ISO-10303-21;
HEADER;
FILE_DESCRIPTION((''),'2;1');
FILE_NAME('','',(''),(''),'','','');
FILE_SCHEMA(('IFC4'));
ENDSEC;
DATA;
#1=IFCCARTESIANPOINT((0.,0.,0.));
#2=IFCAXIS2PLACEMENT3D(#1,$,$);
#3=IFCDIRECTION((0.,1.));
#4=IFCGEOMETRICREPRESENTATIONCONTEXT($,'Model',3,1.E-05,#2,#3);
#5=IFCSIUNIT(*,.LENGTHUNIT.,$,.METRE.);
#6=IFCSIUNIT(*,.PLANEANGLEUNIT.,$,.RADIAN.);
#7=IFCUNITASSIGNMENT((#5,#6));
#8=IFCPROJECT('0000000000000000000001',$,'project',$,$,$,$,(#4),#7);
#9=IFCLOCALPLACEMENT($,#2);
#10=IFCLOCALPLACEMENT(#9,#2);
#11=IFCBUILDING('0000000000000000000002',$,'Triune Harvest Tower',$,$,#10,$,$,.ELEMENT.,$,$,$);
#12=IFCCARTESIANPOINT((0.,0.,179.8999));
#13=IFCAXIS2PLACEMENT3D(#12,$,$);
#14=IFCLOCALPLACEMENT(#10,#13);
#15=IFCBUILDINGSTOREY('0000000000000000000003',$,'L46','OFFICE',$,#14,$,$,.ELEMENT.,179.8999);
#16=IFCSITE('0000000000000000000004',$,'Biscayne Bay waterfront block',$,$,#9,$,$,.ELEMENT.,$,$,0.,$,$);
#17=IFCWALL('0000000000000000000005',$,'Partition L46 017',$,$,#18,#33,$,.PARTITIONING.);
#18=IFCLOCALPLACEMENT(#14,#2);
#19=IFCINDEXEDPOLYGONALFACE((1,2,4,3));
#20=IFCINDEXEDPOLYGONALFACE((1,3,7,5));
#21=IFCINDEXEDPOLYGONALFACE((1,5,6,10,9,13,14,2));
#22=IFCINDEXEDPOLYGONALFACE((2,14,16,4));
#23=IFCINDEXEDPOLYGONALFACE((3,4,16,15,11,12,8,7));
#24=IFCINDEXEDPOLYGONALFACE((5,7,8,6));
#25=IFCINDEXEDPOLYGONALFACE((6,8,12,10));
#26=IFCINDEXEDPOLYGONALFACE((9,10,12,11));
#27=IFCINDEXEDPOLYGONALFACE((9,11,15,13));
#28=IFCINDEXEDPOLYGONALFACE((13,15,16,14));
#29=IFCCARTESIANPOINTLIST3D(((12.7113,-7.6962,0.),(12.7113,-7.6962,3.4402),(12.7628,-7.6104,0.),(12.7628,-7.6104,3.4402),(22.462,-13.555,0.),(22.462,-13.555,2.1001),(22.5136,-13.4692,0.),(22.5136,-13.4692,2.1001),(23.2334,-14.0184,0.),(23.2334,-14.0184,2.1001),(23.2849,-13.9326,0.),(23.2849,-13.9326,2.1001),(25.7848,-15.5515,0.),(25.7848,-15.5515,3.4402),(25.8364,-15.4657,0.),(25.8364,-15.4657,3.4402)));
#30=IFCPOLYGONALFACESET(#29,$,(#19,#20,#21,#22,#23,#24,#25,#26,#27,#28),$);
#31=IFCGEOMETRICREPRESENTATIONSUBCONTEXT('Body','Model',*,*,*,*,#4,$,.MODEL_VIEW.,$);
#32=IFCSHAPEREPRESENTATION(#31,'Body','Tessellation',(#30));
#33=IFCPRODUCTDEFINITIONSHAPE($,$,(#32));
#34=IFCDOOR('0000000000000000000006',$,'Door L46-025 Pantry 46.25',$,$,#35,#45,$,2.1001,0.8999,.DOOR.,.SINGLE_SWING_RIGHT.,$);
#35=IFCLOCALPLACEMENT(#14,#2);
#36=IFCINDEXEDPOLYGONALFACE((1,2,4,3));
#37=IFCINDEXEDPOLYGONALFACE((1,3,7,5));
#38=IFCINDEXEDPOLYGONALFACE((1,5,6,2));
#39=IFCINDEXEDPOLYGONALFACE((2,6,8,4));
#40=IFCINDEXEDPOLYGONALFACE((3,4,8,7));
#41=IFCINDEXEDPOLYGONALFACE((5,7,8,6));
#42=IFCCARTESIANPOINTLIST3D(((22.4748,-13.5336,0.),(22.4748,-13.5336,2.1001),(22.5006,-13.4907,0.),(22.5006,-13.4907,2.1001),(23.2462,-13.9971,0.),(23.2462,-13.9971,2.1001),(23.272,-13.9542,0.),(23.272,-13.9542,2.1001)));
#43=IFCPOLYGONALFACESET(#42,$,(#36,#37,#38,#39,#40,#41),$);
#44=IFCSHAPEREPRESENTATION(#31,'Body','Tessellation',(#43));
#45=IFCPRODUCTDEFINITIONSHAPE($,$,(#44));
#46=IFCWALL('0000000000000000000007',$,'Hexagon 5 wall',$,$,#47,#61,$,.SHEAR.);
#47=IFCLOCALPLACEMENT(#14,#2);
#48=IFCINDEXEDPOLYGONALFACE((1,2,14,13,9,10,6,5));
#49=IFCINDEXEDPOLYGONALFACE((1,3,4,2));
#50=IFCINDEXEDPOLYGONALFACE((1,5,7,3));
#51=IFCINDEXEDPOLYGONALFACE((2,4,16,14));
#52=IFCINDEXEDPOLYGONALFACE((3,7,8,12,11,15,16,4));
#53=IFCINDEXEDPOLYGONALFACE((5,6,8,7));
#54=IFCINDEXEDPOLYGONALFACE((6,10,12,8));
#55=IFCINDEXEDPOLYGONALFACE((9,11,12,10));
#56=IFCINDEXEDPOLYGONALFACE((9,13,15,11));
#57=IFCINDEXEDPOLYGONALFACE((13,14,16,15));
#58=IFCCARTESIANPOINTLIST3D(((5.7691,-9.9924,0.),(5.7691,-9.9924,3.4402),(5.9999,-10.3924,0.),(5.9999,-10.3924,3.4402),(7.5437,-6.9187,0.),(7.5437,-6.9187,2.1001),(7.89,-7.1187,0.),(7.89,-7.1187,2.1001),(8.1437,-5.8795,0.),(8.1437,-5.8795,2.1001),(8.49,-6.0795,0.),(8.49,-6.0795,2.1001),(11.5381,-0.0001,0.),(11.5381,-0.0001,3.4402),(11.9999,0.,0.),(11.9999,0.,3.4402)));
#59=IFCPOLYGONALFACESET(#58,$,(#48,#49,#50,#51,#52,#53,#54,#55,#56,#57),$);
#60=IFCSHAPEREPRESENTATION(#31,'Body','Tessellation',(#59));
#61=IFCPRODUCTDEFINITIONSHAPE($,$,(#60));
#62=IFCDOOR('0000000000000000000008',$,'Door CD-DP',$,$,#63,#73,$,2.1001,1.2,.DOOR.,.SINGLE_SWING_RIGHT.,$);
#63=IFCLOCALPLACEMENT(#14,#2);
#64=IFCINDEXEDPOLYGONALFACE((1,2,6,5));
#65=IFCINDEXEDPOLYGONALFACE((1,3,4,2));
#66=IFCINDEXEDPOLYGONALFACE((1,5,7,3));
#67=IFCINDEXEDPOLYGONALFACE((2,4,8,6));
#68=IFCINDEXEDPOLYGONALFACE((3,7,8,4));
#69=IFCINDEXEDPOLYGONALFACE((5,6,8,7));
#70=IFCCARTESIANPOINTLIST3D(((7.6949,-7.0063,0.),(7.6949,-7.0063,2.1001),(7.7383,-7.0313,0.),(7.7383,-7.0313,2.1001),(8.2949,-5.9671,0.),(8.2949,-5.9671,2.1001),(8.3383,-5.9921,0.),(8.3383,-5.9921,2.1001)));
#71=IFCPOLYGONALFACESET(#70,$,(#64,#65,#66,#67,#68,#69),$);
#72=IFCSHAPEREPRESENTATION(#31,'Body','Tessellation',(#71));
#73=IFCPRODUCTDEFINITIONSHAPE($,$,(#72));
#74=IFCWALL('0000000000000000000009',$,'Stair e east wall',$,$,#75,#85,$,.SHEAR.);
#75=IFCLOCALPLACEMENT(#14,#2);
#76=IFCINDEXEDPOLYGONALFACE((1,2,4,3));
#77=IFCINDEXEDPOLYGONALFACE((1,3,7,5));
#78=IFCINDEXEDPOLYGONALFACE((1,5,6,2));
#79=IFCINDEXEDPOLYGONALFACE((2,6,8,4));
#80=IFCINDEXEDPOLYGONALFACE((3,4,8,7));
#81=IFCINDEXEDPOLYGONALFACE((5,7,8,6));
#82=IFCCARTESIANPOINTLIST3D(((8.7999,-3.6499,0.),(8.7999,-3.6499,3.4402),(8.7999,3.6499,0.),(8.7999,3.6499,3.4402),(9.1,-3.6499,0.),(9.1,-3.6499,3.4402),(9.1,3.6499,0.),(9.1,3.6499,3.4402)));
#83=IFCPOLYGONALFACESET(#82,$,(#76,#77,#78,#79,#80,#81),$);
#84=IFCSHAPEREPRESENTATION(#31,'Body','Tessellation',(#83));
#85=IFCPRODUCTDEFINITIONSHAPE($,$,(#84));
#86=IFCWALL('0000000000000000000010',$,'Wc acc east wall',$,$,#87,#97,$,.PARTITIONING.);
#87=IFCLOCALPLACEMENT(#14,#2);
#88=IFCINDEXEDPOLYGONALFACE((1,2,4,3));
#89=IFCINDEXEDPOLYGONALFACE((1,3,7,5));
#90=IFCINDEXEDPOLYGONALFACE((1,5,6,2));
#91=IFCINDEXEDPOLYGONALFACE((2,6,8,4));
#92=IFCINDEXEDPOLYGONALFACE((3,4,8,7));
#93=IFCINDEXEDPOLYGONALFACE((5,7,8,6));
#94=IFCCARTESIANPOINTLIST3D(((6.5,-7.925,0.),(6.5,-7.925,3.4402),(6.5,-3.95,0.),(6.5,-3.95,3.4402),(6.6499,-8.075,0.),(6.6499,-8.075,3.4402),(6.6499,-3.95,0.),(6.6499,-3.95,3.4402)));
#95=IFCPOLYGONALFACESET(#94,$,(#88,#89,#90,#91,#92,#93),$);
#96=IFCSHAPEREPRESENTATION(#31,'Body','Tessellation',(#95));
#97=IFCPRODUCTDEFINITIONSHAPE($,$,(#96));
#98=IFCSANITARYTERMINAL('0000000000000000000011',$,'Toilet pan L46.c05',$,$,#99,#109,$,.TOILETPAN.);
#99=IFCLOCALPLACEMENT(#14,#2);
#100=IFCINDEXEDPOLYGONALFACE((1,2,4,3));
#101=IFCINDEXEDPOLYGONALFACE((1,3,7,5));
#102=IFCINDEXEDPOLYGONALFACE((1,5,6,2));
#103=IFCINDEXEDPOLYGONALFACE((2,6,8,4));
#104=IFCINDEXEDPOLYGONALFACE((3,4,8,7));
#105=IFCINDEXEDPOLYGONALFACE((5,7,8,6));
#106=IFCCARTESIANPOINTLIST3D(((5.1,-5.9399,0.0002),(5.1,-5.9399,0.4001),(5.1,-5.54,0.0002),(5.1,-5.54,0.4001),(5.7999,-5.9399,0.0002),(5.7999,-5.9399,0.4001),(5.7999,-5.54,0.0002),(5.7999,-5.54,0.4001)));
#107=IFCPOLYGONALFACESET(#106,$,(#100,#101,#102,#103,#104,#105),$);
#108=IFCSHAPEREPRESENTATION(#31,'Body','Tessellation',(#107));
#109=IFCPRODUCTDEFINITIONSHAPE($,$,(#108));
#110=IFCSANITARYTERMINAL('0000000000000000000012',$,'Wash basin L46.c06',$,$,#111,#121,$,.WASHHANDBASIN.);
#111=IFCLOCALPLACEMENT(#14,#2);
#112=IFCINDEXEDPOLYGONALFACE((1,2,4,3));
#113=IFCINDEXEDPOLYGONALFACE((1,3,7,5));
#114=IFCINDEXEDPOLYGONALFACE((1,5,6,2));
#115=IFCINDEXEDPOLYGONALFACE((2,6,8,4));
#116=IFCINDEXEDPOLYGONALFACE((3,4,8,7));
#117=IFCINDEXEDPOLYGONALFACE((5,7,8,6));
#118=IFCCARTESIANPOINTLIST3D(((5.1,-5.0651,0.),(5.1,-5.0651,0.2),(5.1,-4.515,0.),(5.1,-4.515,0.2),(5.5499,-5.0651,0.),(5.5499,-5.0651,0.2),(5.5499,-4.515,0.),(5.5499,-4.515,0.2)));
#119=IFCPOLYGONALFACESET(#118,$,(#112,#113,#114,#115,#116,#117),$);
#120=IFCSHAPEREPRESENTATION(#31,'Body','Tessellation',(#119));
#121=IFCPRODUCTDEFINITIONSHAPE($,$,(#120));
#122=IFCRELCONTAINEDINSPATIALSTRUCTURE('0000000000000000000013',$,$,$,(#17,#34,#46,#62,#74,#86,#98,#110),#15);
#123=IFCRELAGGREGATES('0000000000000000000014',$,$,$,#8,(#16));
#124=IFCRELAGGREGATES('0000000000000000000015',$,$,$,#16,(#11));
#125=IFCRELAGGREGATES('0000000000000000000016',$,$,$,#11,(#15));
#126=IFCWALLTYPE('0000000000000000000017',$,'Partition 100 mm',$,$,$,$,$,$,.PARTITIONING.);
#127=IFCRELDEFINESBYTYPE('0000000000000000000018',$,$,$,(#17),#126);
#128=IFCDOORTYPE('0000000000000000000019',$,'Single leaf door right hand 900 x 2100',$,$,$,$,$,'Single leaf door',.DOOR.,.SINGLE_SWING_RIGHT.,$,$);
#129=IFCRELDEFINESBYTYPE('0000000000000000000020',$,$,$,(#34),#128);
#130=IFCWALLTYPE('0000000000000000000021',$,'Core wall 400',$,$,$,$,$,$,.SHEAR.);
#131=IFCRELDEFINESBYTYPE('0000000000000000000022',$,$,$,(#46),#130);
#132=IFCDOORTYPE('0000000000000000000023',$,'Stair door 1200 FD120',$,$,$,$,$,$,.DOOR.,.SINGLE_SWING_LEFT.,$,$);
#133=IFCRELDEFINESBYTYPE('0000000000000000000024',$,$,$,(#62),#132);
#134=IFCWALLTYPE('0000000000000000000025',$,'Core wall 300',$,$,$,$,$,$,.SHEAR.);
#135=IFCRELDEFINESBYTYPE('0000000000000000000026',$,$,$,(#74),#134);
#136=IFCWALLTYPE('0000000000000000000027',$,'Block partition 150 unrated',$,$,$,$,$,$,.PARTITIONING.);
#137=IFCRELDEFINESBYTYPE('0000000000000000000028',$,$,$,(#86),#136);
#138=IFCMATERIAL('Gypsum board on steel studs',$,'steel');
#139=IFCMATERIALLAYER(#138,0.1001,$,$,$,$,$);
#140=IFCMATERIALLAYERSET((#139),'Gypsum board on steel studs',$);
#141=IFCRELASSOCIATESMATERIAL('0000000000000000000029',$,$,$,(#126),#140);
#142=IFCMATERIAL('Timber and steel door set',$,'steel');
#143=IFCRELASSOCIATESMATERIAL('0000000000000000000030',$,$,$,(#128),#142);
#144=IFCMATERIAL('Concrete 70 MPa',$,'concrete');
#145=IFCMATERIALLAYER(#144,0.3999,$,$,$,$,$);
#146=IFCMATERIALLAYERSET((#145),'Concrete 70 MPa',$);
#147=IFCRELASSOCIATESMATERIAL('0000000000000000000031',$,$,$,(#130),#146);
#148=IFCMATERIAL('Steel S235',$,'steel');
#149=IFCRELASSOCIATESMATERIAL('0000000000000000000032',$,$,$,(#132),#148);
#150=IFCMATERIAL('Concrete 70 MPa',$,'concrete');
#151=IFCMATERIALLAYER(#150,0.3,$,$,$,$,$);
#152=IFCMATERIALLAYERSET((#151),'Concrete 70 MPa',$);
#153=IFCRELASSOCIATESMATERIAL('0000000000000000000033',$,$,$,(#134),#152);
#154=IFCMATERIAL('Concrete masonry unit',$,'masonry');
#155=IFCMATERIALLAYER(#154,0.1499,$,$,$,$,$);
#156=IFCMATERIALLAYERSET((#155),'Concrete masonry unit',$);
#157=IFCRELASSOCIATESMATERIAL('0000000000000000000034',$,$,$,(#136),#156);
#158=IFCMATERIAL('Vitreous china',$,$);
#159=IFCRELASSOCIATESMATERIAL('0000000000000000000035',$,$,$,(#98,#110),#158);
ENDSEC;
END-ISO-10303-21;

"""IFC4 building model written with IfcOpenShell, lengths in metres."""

from ifc_helpers import new_model, si_unit, direction, frame, frame_2d, origin, origin_2d, place, context, subcontext, project, spatial, polyline, rectangle, outline, extrude, source, transform, mapped, material, layer, layer_set, type_object, element, fill, save


model = new_model("IFC4")

# Units and contexts
model_context = context("Model", 3, precision=1e-05, world=origin(), true_north=direction((0.0, 1.0)))
body_context = subcontext(model_context, "Body", "Model", "MODEL_VIEW")
ifc_project = project(units=[si_unit("LENGTHUNIT", "METRE"), si_unit("PLANEANGLEUNIT", "RADIAN")], contexts=[model_context])

# Site, building, storey
site_placement = place(None, origin())
site = spatial("IfcSite", under=ifc_project, at=site_placement, Name="Biscayne Bay waterfront block", CompositionType="ELEMENT", RefElevation=0.0)
building_placement = place(site_placement, origin())
building = spatial("IfcBuilding", under=site, at=building_placement, Name="Triune Harvest Tower", CompositionType="ELEMENT")
storey_placement = place(building_placement, frame((0.0, 0.0, 179.8999)))
storey = spatial("IfcBuildingStorey", under=building, at=storey_placement, Name="L46", Description="OFFICE", CompositionType="ELEMENT", Elevation=179.8999)

# Walls, openings, doors
ifc_material_1 = material(Name="Gypsum board on steel studs", Category="steel")
ifc_layer_1 = layer(ifc_material_1, 0.1001)
ifc_layer_set_1 = layer_set([ifc_layer_1], Name="Gypsum board on steel studs")
wall_type_1 = type_object("IfcWallType", Name="Partition 100 mm", PredefinedType="PARTITIONING", material=ifc_layer_set_1)
ifc_material_2 = material(Name="Timber and steel door set", Category="steel")
door_type_1 = type_object("IfcDoorType", Name="Single leaf door right hand 900 x 2100", ElementType="Single leaf door", OperationType="SINGLE_SWING_RIGHT", PredefinedType="DOOR", material=ifc_material_2)
wall_1_placement = place(storey_placement, frame((12.7371, -7.6533, 0.0), z_axis=(0.0, 0.0, 1.0), x_axis=(0.857171, -0.515032, 0.0)))
wall_1 = element("IfcWall", 1, at=wall_1_placement, inside=storey, type_object=wall_type_1, Name="Partition L46 017", PredefinedType="PARTITIONING", context=body_context, shape_type="SweptSolid", body=[
    extrude(rectangle(XDim=15.252, YDim=0.1001, at=frame_2d((7.626, 0.0))), origin(), (0.0, 0.0, 1.0), 3.4402),
])
opening_1_placement = place(wall_1_placement, frame((11.3755, 0.0, 0.0)))
opening_1 = element("IfcOpeningElement", 2, at=opening_1_placement, cuts=wall_1, PredefinedType="OPENING", context=body_context, shape_type="SweptSolid", body=[
    extrude(rectangle(XDim=0.8999, YDim=2.1001, at=frame_2d((0.45, 1.05))), frame((0.0, 0.0601, 0.0), z_axis=(0.0, -1.0, 0.0), x_axis=(1.0, 0.0, 0.0)), (0.0, 0.0, 1.0), 0.1201),
])
door_1_placement = place(opening_1_placement, origin())
door_1 = element("IfcDoor", 3, at=door_1_placement, inside=storey, type_object=door_type_1, Name="Door L46-025 Pantry 46.25", OperationType="SINGLE_SWING_RIGHT", OverallHeight=2.1001, OverallWidth=0.8999, PredefinedType="DOOR", context=body_context, shape_type="SweptSolid", body=[
    extrude(rectangle(XDim=0.8999, YDim=2.1001, at=frame_2d((0.45, 1.05))), frame((0.0, 0.0249, 0.0), z_axis=(0.0, -1.0, 0.0), x_axis=(1.0, 0.0, 0.0)), (0.0, 0.0, 1.0), 0.05),
])
fill(opening_1, door_1)
ifc_material_3 = material(Name="Concrete 70 MPa", Category="concrete")
ifc_layer_2 = layer(ifc_material_3, 0.3999)
ifc_layer_set_2 = layer_set([ifc_layer_2], Name="Concrete 70 MPa")
wall_type_2 = type_object("IfcWallType", Name="Core wall 400", PredefinedType="SHEAR", material=ifc_layer_set_2)
shared_shape_1 = source(origin(), body_context, "Body", "SweptSolid", [
    extrude(outline(polyline([(-0.1155, -0.2), (11.8845, -0.2), (11.6536, 0.2), (0.1155, 0.2), (-0.1155, -0.2)])), origin(), (0.0, 0.0, 1.0), 3.4402),
])
wall_2_placement = place(storey_placement, frame((5.8845, -10.1924, 0.0), z_axis=(0.0, 0.0, 1.0), x_axis=(0.499997, 0.866027, 0.0)))
wall_2 = element("IfcWall", 4, at=wall_2_placement, inside=storey, type_object=wall_type_2, Name="Hexagon 5 wall", PredefinedType="SHEAR", context=body_context, shape_type="MappedRepresentation", body=[
    mapped(shared_shape_1, transform((0.0, 0.0, 0.0), scale=1.0)),
])
opening_2_placement = place(wall_2_placement, frame((3.6646, 0.0, 0.0)))
opening_2 = element("IfcOpeningElement", 5, at=opening_2_placement, cuts=wall_2, PredefinedType="OPENING", context=body_context, shape_type="SweptSolid", body=[
    extrude(rectangle(XDim=1.2, YDim=2.1001, at=frame_2d((0.6001, 1.05))), frame((0.0, 0.21, 0.0), z_axis=(0.0, -1.0, 0.0), x_axis=(1.0, 0.0, 0.0)), (0.0, 0.0, 1.0), 0.4199),
])
ifc_material_4 = material(Name="Steel S235", Category="steel")
door_type_2 = type_object("IfcDoorType", Name="Stair door 1200 FD120", OperationType="SINGLE_SWING_LEFT", PredefinedType="DOOR", material=ifc_material_4)
door_2_placement = place(opening_2_placement, frame((1.2, 0.0, 0.0), z_axis=(0.0, 0.0, 1.0), x_axis=(-1.0, 0.0, 0.0)))
door_2 = element("IfcDoor", 6, at=door_2_placement, inside=storey, type_object=door_type_2, Name="Door CD-DP", OperationType="SINGLE_SWING_RIGHT", OverallHeight=2.1001, OverallWidth=1.2, PredefinedType="DOOR", context=body_context, shape_type="SweptSolid", body=[
    extrude(rectangle(XDim=1.2, YDim=2.1001, at=frame_2d((0.6001, 1.05))), frame((0.0, 0.0249, 0.0), z_axis=(0.0, -1.0, 0.0), x_axis=(1.0, 0.0, 0.0)), (0.0, 0.0, 1.0), 0.05),
])
fill(opening_2, door_2)

# Walls
ifc_material_5 = material(Name="Concrete 70 MPa", Category="concrete")
ifc_layer_3 = layer(ifc_material_5, 0.3)
ifc_layer_set_3 = layer_set([ifc_layer_3], Name="Concrete 70 MPa")
wall_type_3 = type_object("IfcWallType", Name="Core wall 300", PredefinedType="SHEAR", material=ifc_layer_set_3)
shared_shape_2 = source(origin(), body_context, "Body", "SweptSolid", [
    extrude(rectangle(XDim=7.2998, YDim=0.3, at=frame_2d((3.6499, 0.0))), origin(), (0.0, 0.0, 1.0), 3.4402),
])
wall_3_placement = place(storey_placement, frame((8.95, -3.6499, 0.0), z_axis=(0.0, 0.0, 1.0), x_axis=(0.0, 1.0, 0.0)))
element("IfcWall", 7, at=wall_3_placement, inside=storey, type_object=wall_type_3, Name="Stair e east wall", PredefinedType="SHEAR", context=body_context, shape_type="MappedRepresentation", body=[
    mapped(shared_shape_2, transform((0.0, 0.0, 0.0), scale=1.0)),
])
ifc_material_6 = material(Name="Concrete masonry unit", Category="masonry")
ifc_layer_4 = layer(ifc_material_6, 0.1499)
ifc_layer_set_4 = layer_set([ifc_layer_4], Name="Concrete masonry unit")
wall_type_4 = type_object("IfcWallType", Name="Block partition 150 unrated", PredefinedType="PARTITIONING", material=ifc_layer_set_4)
shared_shape_3 = source(origin(), body_context, "Body", "SweptSolid", [
    extrude(outline(polyline([(-0.075, -0.075), (4.05, -0.075), (4.05, 0.075), (0.075, 0.075), (-0.075, -0.075)])), origin(), (0.0, 0.0, 1.0), 3.4402),
])
wall_4_placement = place(storey_placement, frame((6.575, -8.0, 0.0), z_axis=(0.0, 0.0, 1.0), x_axis=(0.0, 1.0, 0.0)))
element("IfcWall", 8, at=wall_4_placement, inside=storey, type_object=wall_type_4, Name="Wc acc east wall", PredefinedType="PARTITIONING", context=body_context, shape_type="MappedRepresentation", body=[
    mapped(shared_shape_3, transform((0.0, 0.0, 0.0), scale=1.0)),
])

# Sanitary terminals
ifc_material_7 = material(Name="Vitreous china")
shared_shape_4 = source(origin(), body_context, "Body", "SweptSolid", [
    extrude(rectangle(XDim=0.3999, YDim=0.7, at=origin_2d()), origin(), (0.0, 0.0, 1.0), 0.3999),
])
sanitary_terminal_1_placement = place(storey_placement, frame((5.45, -5.74, 0.0002), z_axis=(0.0, 0.0, 1.0), x_axis=(0.0, 1.0, 0.0)))
element("IfcSanitaryTerminal", 9, at=sanitary_terminal_1_placement, inside=storey, material=ifc_material_7, Name="Toilet pan L46.c05", PredefinedType="TOILETPAN", context=body_context, shape_type="MappedRepresentation", body=[
    mapped(shared_shape_4, transform((0.0, 0.0, 0.0), scale=1.0)),
])
shared_shape_5 = source(origin(), body_context, "Body", "SweptSolid", [
    extrude(rectangle(XDim=0.55, YDim=0.45, at=origin_2d()), origin(), (0.0, 0.0, 1.0), 0.2),
])
sanitary_terminal_2_placement = place(storey_placement, frame((5.325, -4.79, 0.0), z_axis=(0.0, 0.0, 1.0), x_axis=(0.0, 1.0, 0.0)))
element("IfcSanitaryTerminal", 10, at=sanitary_terminal_2_placement, inside=storey, material=ifc_material_7, Name="Wash basin L46.c06", PredefinedType="WASHHANDBASIN", context=body_context, shape_type="MappedRepresentation", body=[
    mapped(shared_shape_5, transform((0.0, 0.0, 0.0), scale=1.0)),
])

save(model, "model.ifc")
